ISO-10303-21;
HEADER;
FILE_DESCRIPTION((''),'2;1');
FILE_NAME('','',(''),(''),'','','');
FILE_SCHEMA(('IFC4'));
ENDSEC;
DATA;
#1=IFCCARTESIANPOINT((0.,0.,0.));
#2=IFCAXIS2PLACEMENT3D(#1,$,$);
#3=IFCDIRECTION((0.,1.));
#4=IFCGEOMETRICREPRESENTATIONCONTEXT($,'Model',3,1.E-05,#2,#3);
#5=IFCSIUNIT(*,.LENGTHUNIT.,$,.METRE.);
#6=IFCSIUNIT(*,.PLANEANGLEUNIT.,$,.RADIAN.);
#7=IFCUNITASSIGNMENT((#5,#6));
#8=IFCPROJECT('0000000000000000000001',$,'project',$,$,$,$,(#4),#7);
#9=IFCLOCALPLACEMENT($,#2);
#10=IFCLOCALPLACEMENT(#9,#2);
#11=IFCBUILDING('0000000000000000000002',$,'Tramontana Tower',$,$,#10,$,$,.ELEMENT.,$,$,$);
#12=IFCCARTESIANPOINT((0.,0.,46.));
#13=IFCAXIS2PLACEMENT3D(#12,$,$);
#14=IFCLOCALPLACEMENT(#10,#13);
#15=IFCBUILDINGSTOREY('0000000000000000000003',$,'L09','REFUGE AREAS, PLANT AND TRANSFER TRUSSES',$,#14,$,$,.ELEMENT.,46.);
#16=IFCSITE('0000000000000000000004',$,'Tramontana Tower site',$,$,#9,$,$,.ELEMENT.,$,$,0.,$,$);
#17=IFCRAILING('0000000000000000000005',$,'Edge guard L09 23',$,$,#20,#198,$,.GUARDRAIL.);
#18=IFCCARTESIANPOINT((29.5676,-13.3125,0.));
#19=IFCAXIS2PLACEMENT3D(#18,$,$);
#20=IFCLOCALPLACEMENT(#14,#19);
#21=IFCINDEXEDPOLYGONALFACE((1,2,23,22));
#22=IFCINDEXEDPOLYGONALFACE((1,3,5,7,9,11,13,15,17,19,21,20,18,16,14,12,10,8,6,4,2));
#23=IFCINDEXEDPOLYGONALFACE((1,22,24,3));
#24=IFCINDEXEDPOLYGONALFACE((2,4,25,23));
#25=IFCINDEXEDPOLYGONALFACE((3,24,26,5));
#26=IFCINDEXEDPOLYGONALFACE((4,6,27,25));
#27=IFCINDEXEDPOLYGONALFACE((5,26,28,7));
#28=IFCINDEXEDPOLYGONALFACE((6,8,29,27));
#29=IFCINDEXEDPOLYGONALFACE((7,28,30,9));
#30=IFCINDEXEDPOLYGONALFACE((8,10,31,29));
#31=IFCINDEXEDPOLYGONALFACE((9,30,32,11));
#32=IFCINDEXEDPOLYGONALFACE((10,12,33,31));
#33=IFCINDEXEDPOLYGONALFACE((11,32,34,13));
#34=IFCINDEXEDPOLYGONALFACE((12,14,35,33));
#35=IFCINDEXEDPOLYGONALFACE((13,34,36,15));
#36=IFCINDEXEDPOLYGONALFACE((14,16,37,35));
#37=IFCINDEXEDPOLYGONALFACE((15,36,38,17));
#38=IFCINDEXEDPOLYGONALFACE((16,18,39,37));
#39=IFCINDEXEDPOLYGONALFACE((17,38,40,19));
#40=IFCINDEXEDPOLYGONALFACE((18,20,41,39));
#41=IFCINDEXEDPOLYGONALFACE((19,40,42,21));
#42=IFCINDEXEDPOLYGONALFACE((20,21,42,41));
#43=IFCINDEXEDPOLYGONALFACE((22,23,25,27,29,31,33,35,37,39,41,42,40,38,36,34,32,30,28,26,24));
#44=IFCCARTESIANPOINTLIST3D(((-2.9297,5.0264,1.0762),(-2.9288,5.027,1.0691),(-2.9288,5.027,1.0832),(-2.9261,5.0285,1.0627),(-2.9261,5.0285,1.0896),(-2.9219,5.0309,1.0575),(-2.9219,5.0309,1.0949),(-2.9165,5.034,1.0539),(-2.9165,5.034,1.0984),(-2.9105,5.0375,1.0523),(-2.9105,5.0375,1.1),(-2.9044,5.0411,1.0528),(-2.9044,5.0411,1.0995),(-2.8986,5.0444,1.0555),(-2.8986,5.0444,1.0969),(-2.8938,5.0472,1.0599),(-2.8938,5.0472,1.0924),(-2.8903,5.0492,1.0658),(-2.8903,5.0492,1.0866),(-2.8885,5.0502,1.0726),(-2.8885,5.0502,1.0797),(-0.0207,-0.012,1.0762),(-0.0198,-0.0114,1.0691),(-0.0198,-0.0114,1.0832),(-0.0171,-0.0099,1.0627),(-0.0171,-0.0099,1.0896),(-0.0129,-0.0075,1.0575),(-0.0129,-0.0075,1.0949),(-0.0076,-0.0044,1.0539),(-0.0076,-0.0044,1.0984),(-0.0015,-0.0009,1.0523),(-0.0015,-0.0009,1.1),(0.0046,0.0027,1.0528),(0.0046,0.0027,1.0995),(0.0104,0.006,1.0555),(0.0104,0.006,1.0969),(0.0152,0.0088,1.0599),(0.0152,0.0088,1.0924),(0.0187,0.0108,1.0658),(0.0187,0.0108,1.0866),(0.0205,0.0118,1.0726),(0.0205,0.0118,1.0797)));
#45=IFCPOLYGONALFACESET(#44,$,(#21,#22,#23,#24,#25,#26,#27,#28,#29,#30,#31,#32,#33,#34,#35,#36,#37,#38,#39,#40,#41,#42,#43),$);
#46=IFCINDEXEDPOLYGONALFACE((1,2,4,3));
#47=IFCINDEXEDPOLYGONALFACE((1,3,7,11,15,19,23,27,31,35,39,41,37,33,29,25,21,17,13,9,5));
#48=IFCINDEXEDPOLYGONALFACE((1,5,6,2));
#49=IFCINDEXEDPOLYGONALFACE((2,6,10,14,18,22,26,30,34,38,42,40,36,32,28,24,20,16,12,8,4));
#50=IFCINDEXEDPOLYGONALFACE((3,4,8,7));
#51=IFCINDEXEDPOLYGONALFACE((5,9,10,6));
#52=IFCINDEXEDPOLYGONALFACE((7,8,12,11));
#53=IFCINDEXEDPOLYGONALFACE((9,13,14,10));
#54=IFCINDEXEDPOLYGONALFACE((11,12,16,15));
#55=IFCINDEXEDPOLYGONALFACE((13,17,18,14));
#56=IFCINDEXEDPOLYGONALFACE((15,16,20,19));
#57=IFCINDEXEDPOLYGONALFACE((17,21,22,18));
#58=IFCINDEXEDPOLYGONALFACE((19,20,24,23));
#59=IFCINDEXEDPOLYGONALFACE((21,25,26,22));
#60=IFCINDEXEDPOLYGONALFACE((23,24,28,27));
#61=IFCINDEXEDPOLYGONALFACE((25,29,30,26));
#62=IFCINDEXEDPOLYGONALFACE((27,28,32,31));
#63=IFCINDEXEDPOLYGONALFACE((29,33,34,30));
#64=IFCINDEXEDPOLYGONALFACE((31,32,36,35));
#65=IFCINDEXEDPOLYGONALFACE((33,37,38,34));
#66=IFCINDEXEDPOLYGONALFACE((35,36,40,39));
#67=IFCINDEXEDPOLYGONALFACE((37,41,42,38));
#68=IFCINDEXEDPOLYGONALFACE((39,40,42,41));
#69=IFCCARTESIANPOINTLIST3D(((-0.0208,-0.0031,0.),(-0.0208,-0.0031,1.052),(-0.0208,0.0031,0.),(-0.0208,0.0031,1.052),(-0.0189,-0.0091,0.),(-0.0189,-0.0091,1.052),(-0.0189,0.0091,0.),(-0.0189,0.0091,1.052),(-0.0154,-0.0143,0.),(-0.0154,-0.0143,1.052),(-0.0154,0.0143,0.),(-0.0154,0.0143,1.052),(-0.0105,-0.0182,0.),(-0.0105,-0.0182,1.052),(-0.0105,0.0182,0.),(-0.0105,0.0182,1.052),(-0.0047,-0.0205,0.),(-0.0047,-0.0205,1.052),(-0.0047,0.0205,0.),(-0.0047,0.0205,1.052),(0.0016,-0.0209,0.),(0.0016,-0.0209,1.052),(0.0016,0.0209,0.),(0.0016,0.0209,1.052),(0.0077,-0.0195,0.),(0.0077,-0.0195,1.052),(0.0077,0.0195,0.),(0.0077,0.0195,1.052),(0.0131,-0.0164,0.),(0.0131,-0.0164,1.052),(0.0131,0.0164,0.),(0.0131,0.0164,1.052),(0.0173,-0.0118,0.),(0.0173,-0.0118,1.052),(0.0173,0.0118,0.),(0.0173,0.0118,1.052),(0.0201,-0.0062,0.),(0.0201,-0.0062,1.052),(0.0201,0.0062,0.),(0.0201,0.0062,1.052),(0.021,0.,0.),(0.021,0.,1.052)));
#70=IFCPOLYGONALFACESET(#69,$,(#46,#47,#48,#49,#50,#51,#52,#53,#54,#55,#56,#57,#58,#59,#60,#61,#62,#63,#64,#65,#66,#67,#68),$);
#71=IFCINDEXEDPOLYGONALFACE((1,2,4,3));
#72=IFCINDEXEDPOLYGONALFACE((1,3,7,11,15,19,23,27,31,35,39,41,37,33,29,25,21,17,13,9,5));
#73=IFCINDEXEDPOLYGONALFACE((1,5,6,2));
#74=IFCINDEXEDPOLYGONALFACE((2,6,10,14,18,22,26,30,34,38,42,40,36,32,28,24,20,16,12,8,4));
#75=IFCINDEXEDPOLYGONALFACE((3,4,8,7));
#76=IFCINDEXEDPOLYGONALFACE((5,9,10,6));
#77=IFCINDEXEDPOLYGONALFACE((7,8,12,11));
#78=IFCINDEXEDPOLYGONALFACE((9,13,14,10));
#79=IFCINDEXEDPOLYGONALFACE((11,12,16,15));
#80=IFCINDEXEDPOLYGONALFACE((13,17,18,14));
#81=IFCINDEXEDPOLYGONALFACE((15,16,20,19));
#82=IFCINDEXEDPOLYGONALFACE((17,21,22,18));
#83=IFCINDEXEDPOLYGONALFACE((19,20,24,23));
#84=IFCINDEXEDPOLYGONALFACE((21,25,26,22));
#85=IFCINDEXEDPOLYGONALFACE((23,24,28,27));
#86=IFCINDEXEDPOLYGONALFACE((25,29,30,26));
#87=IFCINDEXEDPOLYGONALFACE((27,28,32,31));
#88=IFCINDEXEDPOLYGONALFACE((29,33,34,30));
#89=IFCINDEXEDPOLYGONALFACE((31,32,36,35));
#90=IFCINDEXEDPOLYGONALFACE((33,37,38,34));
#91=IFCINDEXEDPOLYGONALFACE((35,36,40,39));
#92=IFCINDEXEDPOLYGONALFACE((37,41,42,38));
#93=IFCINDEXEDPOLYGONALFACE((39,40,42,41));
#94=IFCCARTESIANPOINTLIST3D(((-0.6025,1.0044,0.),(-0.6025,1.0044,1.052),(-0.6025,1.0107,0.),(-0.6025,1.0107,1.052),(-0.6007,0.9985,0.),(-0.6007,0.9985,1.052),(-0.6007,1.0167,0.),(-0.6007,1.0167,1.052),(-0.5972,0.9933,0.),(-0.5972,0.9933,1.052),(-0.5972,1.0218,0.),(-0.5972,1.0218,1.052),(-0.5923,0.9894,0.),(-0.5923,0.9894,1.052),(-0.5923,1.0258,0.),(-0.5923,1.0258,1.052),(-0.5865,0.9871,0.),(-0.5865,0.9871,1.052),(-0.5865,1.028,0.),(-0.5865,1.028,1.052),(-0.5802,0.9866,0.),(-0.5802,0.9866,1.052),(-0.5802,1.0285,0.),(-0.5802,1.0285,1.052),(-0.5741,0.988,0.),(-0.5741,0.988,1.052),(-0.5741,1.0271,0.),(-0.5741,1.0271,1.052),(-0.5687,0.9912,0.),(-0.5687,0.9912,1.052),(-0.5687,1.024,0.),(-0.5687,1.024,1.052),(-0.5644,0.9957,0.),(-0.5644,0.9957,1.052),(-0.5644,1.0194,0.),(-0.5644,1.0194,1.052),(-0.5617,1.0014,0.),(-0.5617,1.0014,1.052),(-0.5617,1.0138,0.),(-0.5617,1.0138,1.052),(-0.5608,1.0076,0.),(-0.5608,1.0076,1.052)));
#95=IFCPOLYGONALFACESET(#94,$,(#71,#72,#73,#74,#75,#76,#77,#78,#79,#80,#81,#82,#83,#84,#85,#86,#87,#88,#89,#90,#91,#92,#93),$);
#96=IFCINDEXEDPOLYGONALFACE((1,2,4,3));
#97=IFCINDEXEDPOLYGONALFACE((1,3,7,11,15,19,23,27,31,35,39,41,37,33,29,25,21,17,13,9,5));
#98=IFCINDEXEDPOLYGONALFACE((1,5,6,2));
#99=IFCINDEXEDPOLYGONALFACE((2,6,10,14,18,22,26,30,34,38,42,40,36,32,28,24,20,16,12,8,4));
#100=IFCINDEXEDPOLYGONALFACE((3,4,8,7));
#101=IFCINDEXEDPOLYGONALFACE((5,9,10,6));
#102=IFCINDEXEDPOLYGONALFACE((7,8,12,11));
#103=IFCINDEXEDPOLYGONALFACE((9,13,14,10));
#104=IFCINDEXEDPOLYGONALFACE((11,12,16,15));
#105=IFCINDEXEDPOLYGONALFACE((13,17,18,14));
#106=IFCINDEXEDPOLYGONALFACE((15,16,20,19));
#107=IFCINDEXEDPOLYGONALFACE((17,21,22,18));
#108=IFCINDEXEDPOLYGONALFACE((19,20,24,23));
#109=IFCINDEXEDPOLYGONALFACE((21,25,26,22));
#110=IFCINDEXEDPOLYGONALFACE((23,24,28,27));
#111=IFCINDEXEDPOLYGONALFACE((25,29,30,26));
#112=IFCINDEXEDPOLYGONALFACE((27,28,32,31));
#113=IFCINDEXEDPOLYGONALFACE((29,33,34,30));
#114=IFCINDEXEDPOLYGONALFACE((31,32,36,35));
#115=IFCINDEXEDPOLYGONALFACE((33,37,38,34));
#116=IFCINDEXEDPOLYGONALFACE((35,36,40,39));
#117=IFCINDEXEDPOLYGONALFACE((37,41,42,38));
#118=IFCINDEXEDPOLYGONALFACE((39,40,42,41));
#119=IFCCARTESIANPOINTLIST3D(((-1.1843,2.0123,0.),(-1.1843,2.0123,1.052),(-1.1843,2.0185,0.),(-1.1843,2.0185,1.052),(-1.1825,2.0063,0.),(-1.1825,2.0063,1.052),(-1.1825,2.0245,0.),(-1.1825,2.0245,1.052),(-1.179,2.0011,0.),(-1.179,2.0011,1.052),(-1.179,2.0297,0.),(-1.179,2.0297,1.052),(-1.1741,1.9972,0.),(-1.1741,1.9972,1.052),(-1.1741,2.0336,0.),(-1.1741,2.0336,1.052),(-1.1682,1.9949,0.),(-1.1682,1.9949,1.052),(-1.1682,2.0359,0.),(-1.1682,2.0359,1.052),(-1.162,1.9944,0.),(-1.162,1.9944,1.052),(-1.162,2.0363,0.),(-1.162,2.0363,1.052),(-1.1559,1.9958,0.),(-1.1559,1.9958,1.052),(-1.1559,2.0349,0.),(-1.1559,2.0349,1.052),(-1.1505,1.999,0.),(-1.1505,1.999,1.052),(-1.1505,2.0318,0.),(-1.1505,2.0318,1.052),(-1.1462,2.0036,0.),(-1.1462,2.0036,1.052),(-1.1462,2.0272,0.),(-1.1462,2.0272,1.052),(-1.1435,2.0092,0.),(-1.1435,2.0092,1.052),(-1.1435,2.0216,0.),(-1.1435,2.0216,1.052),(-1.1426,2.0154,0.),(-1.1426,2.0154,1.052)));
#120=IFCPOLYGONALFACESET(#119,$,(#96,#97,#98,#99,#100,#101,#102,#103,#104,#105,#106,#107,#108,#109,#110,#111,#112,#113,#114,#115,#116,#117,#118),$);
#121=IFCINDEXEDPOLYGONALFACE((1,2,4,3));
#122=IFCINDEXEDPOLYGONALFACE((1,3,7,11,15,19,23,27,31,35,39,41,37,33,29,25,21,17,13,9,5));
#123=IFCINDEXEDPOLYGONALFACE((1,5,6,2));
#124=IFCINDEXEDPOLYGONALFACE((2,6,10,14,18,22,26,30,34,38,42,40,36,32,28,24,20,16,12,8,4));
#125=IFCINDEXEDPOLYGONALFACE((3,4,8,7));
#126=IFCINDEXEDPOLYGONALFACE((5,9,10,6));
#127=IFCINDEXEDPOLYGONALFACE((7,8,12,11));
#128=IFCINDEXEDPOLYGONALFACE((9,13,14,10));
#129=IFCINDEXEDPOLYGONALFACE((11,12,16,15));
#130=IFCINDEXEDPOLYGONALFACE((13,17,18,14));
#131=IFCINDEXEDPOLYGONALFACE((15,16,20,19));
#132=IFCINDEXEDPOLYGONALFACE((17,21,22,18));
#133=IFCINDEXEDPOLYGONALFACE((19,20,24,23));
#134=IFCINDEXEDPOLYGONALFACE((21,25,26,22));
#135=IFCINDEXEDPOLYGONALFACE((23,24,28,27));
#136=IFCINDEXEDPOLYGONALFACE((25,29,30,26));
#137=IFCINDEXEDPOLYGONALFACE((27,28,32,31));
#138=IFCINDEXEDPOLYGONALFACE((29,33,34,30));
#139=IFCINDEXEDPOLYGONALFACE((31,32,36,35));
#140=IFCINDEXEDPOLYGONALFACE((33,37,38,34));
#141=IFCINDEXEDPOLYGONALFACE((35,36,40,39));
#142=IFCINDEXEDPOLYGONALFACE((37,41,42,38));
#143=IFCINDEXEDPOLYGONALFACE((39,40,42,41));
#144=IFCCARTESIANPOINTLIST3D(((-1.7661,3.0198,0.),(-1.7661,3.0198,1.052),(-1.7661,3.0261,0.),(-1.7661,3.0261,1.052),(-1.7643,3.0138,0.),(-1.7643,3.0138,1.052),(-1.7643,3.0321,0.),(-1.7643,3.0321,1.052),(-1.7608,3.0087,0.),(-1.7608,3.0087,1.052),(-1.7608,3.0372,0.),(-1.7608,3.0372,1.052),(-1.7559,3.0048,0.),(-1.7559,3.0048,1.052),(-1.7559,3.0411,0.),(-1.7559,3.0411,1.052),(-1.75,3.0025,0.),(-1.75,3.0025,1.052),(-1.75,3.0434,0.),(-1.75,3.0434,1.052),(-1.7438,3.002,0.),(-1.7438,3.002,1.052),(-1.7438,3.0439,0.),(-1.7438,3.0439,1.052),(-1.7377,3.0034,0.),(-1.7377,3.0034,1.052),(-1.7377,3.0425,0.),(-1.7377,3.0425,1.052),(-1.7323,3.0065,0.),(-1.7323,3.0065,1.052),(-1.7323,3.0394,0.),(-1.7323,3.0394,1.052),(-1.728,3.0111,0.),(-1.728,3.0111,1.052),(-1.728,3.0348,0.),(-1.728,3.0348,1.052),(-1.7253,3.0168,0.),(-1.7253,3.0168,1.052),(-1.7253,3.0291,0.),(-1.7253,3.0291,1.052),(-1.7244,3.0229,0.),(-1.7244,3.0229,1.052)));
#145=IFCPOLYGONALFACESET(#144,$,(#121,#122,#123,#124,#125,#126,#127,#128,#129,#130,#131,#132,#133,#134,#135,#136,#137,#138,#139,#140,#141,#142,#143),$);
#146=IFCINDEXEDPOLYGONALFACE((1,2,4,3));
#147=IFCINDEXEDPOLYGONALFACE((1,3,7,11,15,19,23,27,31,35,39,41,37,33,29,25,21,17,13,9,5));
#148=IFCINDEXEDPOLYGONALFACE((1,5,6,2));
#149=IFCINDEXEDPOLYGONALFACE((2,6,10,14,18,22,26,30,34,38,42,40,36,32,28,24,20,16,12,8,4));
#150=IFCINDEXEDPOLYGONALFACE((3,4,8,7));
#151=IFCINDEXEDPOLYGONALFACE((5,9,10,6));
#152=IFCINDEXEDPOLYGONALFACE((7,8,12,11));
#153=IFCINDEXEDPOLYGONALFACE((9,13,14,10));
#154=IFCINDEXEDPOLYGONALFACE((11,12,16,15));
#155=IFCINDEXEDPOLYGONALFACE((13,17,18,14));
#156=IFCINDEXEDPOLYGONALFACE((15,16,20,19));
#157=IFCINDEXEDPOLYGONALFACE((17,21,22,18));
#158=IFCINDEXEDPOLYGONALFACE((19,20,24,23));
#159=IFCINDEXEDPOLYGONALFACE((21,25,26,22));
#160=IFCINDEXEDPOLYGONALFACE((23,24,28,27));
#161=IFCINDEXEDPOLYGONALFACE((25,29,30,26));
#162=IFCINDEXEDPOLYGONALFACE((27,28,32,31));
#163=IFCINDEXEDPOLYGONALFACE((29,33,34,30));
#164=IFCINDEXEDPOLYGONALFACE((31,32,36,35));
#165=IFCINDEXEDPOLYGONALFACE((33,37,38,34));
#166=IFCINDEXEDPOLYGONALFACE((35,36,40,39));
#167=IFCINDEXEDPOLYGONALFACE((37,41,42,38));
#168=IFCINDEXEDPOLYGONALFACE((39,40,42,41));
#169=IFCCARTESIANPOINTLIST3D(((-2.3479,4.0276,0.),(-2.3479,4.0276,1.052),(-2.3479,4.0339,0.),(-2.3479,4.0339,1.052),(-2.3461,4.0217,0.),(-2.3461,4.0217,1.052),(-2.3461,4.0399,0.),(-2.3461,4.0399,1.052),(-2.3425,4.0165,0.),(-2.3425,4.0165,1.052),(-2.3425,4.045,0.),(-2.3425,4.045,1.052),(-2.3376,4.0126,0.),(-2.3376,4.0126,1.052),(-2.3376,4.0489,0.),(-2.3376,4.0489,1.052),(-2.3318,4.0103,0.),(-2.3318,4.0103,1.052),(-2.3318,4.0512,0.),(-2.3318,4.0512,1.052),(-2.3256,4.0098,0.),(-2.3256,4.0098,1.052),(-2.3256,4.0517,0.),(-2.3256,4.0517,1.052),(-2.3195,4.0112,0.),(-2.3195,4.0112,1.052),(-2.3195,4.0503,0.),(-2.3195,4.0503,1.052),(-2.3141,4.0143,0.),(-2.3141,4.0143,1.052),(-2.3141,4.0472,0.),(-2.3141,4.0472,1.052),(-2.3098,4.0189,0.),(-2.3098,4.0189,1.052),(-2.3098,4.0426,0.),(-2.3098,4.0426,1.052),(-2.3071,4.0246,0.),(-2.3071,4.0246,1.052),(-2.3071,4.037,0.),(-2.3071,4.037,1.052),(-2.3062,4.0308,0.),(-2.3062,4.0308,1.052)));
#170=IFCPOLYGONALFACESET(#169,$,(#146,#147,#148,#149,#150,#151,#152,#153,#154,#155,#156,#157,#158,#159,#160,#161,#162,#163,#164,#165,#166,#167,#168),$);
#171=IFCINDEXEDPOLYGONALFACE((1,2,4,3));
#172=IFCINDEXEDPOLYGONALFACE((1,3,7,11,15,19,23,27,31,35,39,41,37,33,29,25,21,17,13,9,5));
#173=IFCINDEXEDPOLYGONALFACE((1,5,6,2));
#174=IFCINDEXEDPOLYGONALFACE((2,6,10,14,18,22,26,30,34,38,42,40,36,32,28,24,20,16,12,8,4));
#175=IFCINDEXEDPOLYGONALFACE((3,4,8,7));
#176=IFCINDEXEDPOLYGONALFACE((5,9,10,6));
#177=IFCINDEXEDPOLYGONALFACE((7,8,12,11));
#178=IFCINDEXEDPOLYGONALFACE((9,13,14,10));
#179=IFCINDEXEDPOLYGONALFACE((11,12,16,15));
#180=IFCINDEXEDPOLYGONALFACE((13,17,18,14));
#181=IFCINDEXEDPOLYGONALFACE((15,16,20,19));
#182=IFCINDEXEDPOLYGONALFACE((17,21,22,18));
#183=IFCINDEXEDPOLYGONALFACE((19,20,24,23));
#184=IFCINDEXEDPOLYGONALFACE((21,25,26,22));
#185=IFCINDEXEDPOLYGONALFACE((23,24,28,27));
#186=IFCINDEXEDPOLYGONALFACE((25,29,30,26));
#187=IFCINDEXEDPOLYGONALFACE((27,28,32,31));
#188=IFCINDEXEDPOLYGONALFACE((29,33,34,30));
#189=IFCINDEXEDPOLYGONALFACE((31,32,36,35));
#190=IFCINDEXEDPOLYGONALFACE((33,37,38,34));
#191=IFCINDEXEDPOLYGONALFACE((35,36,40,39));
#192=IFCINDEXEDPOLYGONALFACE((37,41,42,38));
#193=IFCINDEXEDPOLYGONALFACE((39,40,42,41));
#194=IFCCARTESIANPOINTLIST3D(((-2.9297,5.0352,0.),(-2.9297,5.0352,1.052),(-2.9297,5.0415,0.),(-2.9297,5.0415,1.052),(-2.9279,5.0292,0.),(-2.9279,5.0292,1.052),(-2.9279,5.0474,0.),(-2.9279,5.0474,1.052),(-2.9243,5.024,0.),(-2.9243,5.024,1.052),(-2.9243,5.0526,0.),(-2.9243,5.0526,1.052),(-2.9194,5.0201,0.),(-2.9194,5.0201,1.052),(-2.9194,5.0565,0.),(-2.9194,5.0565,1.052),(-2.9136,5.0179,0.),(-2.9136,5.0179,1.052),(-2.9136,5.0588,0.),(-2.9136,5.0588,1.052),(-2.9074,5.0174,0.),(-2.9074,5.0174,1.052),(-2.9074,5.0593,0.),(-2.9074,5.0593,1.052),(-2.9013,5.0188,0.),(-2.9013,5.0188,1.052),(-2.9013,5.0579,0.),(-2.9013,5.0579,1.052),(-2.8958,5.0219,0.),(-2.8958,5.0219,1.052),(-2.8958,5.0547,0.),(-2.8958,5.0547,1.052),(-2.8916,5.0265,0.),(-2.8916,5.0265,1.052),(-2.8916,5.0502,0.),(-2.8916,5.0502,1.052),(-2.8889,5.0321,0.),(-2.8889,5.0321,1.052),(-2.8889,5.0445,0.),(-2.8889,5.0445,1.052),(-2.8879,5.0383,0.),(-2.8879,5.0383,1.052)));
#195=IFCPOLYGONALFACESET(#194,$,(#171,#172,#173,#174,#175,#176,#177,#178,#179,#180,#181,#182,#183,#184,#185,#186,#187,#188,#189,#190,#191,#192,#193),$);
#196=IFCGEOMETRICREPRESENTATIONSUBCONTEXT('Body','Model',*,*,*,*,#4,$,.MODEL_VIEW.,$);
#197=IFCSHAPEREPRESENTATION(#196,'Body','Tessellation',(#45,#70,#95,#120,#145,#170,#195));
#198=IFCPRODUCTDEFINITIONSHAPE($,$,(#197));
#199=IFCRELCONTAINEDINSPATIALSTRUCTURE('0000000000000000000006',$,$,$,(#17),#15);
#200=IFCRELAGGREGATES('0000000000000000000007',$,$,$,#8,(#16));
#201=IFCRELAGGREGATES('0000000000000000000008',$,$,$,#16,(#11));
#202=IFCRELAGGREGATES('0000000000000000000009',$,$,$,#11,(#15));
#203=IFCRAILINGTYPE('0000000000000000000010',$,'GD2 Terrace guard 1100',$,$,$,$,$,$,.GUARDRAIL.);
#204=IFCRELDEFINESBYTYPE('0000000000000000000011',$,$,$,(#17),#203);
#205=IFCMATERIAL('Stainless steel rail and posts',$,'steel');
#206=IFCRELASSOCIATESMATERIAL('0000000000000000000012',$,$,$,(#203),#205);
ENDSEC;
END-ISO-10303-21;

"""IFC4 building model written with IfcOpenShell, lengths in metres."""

from ifc_helpers import new_model, si_unit, direction, frame, origin, origin_2d, place, context, subcontext, project, spatial, circle, extrude, material, type_object, element, save


model = new_model("IFC4")

# Units and contexts
model_context = context("Model", 3, precision=1e-05, world=origin(), true_north=direction((0.0, 1.0)))
body_context = subcontext(model_context, "Body", "Model", "MODEL_VIEW")
ifc_project = project(units=[si_unit("LENGTHUNIT", "METRE"), si_unit("PLANEANGLEUNIT", "RADIAN")], contexts=[model_context])

# Site, building, storey
site_placement = place(None, origin())
site = spatial("IfcSite", under=ifc_project, at=site_placement, Name="Tramontana Tower site", CompositionType="ELEMENT", RefElevation=0.0)
building_placement = place(site_placement, origin())
building = spatial("IfcBuilding", under=site, at=building_placement, Name="Tramontana Tower", CompositionType="ELEMENT")
storey_placement = place(building_placement, frame((0.0, 0.0, 46.0)))
storey = spatial("IfcBuildingStorey", under=building, at=storey_placement, Name="L09", Description="REFUGE AREAS, PLANT AND TRANSFER TRUSSES", CompositionType="ELEMENT", Elevation=46.0)

# Railing
ifc_material_1 = material(Name="Stainless steel rail and posts", Category="steel")
railing_type = type_object("IfcRailingType", Name="GD2 Terrace guard 1100", PredefinedType="GUARDRAIL", material=ifc_material_1)
railing_1_placement = place(storey_placement, frame((29.5676, -13.3125, 0.0)))
element("IfcRailing", 1, at=railing_1_placement, inside=storey, type_object=railing_type, Name="Edge guard L09 23", PredefinedType="GUARDRAIL", context=body_context, shape_type="SweptSolid", body=[
    extrude(circle(Radius=0.0239, at=origin_2d()), frame((0.0, 0.0, 1.0762), z_axis=(-0.500007, 0.866021, 0.0), x_axis=(-0.866021, -0.500007, 0.0)), (0.0, 0.0, 1.0), 5.8179),
    extrude(circle(Radius=0.021, at=origin_2d()), origin(), (0.0, 0.0, 1.0), 1.052),
    extrude(circle(Radius=0.021, at=origin_2d()), frame((-0.5818, 1.0076, 0.0)), (0.0, 0.0, 1.0), 1.052),
    extrude(circle(Radius=0.021, at=origin_2d()), frame((-1.1636, 2.0154, 0.0)), (0.0, 0.0, 1.0), 1.052),
    extrude(circle(Radius=0.021, at=origin_2d()), frame((-1.7454, 3.0229, 0.0)), (0.0, 0.0, 1.0), 1.052),
    extrude(circle(Radius=0.021, at=origin_2d()), frame((-2.3271, 4.0308, 0.0)), (0.0, 0.0, 1.0), 1.052),
    extrude(circle(Radius=0.021, at=origin_2d()), frame((-2.9089, 5.0383, 0.0)), (0.0, 0.0, 1.0), 1.052),
])

save(model, "model.ifc")
